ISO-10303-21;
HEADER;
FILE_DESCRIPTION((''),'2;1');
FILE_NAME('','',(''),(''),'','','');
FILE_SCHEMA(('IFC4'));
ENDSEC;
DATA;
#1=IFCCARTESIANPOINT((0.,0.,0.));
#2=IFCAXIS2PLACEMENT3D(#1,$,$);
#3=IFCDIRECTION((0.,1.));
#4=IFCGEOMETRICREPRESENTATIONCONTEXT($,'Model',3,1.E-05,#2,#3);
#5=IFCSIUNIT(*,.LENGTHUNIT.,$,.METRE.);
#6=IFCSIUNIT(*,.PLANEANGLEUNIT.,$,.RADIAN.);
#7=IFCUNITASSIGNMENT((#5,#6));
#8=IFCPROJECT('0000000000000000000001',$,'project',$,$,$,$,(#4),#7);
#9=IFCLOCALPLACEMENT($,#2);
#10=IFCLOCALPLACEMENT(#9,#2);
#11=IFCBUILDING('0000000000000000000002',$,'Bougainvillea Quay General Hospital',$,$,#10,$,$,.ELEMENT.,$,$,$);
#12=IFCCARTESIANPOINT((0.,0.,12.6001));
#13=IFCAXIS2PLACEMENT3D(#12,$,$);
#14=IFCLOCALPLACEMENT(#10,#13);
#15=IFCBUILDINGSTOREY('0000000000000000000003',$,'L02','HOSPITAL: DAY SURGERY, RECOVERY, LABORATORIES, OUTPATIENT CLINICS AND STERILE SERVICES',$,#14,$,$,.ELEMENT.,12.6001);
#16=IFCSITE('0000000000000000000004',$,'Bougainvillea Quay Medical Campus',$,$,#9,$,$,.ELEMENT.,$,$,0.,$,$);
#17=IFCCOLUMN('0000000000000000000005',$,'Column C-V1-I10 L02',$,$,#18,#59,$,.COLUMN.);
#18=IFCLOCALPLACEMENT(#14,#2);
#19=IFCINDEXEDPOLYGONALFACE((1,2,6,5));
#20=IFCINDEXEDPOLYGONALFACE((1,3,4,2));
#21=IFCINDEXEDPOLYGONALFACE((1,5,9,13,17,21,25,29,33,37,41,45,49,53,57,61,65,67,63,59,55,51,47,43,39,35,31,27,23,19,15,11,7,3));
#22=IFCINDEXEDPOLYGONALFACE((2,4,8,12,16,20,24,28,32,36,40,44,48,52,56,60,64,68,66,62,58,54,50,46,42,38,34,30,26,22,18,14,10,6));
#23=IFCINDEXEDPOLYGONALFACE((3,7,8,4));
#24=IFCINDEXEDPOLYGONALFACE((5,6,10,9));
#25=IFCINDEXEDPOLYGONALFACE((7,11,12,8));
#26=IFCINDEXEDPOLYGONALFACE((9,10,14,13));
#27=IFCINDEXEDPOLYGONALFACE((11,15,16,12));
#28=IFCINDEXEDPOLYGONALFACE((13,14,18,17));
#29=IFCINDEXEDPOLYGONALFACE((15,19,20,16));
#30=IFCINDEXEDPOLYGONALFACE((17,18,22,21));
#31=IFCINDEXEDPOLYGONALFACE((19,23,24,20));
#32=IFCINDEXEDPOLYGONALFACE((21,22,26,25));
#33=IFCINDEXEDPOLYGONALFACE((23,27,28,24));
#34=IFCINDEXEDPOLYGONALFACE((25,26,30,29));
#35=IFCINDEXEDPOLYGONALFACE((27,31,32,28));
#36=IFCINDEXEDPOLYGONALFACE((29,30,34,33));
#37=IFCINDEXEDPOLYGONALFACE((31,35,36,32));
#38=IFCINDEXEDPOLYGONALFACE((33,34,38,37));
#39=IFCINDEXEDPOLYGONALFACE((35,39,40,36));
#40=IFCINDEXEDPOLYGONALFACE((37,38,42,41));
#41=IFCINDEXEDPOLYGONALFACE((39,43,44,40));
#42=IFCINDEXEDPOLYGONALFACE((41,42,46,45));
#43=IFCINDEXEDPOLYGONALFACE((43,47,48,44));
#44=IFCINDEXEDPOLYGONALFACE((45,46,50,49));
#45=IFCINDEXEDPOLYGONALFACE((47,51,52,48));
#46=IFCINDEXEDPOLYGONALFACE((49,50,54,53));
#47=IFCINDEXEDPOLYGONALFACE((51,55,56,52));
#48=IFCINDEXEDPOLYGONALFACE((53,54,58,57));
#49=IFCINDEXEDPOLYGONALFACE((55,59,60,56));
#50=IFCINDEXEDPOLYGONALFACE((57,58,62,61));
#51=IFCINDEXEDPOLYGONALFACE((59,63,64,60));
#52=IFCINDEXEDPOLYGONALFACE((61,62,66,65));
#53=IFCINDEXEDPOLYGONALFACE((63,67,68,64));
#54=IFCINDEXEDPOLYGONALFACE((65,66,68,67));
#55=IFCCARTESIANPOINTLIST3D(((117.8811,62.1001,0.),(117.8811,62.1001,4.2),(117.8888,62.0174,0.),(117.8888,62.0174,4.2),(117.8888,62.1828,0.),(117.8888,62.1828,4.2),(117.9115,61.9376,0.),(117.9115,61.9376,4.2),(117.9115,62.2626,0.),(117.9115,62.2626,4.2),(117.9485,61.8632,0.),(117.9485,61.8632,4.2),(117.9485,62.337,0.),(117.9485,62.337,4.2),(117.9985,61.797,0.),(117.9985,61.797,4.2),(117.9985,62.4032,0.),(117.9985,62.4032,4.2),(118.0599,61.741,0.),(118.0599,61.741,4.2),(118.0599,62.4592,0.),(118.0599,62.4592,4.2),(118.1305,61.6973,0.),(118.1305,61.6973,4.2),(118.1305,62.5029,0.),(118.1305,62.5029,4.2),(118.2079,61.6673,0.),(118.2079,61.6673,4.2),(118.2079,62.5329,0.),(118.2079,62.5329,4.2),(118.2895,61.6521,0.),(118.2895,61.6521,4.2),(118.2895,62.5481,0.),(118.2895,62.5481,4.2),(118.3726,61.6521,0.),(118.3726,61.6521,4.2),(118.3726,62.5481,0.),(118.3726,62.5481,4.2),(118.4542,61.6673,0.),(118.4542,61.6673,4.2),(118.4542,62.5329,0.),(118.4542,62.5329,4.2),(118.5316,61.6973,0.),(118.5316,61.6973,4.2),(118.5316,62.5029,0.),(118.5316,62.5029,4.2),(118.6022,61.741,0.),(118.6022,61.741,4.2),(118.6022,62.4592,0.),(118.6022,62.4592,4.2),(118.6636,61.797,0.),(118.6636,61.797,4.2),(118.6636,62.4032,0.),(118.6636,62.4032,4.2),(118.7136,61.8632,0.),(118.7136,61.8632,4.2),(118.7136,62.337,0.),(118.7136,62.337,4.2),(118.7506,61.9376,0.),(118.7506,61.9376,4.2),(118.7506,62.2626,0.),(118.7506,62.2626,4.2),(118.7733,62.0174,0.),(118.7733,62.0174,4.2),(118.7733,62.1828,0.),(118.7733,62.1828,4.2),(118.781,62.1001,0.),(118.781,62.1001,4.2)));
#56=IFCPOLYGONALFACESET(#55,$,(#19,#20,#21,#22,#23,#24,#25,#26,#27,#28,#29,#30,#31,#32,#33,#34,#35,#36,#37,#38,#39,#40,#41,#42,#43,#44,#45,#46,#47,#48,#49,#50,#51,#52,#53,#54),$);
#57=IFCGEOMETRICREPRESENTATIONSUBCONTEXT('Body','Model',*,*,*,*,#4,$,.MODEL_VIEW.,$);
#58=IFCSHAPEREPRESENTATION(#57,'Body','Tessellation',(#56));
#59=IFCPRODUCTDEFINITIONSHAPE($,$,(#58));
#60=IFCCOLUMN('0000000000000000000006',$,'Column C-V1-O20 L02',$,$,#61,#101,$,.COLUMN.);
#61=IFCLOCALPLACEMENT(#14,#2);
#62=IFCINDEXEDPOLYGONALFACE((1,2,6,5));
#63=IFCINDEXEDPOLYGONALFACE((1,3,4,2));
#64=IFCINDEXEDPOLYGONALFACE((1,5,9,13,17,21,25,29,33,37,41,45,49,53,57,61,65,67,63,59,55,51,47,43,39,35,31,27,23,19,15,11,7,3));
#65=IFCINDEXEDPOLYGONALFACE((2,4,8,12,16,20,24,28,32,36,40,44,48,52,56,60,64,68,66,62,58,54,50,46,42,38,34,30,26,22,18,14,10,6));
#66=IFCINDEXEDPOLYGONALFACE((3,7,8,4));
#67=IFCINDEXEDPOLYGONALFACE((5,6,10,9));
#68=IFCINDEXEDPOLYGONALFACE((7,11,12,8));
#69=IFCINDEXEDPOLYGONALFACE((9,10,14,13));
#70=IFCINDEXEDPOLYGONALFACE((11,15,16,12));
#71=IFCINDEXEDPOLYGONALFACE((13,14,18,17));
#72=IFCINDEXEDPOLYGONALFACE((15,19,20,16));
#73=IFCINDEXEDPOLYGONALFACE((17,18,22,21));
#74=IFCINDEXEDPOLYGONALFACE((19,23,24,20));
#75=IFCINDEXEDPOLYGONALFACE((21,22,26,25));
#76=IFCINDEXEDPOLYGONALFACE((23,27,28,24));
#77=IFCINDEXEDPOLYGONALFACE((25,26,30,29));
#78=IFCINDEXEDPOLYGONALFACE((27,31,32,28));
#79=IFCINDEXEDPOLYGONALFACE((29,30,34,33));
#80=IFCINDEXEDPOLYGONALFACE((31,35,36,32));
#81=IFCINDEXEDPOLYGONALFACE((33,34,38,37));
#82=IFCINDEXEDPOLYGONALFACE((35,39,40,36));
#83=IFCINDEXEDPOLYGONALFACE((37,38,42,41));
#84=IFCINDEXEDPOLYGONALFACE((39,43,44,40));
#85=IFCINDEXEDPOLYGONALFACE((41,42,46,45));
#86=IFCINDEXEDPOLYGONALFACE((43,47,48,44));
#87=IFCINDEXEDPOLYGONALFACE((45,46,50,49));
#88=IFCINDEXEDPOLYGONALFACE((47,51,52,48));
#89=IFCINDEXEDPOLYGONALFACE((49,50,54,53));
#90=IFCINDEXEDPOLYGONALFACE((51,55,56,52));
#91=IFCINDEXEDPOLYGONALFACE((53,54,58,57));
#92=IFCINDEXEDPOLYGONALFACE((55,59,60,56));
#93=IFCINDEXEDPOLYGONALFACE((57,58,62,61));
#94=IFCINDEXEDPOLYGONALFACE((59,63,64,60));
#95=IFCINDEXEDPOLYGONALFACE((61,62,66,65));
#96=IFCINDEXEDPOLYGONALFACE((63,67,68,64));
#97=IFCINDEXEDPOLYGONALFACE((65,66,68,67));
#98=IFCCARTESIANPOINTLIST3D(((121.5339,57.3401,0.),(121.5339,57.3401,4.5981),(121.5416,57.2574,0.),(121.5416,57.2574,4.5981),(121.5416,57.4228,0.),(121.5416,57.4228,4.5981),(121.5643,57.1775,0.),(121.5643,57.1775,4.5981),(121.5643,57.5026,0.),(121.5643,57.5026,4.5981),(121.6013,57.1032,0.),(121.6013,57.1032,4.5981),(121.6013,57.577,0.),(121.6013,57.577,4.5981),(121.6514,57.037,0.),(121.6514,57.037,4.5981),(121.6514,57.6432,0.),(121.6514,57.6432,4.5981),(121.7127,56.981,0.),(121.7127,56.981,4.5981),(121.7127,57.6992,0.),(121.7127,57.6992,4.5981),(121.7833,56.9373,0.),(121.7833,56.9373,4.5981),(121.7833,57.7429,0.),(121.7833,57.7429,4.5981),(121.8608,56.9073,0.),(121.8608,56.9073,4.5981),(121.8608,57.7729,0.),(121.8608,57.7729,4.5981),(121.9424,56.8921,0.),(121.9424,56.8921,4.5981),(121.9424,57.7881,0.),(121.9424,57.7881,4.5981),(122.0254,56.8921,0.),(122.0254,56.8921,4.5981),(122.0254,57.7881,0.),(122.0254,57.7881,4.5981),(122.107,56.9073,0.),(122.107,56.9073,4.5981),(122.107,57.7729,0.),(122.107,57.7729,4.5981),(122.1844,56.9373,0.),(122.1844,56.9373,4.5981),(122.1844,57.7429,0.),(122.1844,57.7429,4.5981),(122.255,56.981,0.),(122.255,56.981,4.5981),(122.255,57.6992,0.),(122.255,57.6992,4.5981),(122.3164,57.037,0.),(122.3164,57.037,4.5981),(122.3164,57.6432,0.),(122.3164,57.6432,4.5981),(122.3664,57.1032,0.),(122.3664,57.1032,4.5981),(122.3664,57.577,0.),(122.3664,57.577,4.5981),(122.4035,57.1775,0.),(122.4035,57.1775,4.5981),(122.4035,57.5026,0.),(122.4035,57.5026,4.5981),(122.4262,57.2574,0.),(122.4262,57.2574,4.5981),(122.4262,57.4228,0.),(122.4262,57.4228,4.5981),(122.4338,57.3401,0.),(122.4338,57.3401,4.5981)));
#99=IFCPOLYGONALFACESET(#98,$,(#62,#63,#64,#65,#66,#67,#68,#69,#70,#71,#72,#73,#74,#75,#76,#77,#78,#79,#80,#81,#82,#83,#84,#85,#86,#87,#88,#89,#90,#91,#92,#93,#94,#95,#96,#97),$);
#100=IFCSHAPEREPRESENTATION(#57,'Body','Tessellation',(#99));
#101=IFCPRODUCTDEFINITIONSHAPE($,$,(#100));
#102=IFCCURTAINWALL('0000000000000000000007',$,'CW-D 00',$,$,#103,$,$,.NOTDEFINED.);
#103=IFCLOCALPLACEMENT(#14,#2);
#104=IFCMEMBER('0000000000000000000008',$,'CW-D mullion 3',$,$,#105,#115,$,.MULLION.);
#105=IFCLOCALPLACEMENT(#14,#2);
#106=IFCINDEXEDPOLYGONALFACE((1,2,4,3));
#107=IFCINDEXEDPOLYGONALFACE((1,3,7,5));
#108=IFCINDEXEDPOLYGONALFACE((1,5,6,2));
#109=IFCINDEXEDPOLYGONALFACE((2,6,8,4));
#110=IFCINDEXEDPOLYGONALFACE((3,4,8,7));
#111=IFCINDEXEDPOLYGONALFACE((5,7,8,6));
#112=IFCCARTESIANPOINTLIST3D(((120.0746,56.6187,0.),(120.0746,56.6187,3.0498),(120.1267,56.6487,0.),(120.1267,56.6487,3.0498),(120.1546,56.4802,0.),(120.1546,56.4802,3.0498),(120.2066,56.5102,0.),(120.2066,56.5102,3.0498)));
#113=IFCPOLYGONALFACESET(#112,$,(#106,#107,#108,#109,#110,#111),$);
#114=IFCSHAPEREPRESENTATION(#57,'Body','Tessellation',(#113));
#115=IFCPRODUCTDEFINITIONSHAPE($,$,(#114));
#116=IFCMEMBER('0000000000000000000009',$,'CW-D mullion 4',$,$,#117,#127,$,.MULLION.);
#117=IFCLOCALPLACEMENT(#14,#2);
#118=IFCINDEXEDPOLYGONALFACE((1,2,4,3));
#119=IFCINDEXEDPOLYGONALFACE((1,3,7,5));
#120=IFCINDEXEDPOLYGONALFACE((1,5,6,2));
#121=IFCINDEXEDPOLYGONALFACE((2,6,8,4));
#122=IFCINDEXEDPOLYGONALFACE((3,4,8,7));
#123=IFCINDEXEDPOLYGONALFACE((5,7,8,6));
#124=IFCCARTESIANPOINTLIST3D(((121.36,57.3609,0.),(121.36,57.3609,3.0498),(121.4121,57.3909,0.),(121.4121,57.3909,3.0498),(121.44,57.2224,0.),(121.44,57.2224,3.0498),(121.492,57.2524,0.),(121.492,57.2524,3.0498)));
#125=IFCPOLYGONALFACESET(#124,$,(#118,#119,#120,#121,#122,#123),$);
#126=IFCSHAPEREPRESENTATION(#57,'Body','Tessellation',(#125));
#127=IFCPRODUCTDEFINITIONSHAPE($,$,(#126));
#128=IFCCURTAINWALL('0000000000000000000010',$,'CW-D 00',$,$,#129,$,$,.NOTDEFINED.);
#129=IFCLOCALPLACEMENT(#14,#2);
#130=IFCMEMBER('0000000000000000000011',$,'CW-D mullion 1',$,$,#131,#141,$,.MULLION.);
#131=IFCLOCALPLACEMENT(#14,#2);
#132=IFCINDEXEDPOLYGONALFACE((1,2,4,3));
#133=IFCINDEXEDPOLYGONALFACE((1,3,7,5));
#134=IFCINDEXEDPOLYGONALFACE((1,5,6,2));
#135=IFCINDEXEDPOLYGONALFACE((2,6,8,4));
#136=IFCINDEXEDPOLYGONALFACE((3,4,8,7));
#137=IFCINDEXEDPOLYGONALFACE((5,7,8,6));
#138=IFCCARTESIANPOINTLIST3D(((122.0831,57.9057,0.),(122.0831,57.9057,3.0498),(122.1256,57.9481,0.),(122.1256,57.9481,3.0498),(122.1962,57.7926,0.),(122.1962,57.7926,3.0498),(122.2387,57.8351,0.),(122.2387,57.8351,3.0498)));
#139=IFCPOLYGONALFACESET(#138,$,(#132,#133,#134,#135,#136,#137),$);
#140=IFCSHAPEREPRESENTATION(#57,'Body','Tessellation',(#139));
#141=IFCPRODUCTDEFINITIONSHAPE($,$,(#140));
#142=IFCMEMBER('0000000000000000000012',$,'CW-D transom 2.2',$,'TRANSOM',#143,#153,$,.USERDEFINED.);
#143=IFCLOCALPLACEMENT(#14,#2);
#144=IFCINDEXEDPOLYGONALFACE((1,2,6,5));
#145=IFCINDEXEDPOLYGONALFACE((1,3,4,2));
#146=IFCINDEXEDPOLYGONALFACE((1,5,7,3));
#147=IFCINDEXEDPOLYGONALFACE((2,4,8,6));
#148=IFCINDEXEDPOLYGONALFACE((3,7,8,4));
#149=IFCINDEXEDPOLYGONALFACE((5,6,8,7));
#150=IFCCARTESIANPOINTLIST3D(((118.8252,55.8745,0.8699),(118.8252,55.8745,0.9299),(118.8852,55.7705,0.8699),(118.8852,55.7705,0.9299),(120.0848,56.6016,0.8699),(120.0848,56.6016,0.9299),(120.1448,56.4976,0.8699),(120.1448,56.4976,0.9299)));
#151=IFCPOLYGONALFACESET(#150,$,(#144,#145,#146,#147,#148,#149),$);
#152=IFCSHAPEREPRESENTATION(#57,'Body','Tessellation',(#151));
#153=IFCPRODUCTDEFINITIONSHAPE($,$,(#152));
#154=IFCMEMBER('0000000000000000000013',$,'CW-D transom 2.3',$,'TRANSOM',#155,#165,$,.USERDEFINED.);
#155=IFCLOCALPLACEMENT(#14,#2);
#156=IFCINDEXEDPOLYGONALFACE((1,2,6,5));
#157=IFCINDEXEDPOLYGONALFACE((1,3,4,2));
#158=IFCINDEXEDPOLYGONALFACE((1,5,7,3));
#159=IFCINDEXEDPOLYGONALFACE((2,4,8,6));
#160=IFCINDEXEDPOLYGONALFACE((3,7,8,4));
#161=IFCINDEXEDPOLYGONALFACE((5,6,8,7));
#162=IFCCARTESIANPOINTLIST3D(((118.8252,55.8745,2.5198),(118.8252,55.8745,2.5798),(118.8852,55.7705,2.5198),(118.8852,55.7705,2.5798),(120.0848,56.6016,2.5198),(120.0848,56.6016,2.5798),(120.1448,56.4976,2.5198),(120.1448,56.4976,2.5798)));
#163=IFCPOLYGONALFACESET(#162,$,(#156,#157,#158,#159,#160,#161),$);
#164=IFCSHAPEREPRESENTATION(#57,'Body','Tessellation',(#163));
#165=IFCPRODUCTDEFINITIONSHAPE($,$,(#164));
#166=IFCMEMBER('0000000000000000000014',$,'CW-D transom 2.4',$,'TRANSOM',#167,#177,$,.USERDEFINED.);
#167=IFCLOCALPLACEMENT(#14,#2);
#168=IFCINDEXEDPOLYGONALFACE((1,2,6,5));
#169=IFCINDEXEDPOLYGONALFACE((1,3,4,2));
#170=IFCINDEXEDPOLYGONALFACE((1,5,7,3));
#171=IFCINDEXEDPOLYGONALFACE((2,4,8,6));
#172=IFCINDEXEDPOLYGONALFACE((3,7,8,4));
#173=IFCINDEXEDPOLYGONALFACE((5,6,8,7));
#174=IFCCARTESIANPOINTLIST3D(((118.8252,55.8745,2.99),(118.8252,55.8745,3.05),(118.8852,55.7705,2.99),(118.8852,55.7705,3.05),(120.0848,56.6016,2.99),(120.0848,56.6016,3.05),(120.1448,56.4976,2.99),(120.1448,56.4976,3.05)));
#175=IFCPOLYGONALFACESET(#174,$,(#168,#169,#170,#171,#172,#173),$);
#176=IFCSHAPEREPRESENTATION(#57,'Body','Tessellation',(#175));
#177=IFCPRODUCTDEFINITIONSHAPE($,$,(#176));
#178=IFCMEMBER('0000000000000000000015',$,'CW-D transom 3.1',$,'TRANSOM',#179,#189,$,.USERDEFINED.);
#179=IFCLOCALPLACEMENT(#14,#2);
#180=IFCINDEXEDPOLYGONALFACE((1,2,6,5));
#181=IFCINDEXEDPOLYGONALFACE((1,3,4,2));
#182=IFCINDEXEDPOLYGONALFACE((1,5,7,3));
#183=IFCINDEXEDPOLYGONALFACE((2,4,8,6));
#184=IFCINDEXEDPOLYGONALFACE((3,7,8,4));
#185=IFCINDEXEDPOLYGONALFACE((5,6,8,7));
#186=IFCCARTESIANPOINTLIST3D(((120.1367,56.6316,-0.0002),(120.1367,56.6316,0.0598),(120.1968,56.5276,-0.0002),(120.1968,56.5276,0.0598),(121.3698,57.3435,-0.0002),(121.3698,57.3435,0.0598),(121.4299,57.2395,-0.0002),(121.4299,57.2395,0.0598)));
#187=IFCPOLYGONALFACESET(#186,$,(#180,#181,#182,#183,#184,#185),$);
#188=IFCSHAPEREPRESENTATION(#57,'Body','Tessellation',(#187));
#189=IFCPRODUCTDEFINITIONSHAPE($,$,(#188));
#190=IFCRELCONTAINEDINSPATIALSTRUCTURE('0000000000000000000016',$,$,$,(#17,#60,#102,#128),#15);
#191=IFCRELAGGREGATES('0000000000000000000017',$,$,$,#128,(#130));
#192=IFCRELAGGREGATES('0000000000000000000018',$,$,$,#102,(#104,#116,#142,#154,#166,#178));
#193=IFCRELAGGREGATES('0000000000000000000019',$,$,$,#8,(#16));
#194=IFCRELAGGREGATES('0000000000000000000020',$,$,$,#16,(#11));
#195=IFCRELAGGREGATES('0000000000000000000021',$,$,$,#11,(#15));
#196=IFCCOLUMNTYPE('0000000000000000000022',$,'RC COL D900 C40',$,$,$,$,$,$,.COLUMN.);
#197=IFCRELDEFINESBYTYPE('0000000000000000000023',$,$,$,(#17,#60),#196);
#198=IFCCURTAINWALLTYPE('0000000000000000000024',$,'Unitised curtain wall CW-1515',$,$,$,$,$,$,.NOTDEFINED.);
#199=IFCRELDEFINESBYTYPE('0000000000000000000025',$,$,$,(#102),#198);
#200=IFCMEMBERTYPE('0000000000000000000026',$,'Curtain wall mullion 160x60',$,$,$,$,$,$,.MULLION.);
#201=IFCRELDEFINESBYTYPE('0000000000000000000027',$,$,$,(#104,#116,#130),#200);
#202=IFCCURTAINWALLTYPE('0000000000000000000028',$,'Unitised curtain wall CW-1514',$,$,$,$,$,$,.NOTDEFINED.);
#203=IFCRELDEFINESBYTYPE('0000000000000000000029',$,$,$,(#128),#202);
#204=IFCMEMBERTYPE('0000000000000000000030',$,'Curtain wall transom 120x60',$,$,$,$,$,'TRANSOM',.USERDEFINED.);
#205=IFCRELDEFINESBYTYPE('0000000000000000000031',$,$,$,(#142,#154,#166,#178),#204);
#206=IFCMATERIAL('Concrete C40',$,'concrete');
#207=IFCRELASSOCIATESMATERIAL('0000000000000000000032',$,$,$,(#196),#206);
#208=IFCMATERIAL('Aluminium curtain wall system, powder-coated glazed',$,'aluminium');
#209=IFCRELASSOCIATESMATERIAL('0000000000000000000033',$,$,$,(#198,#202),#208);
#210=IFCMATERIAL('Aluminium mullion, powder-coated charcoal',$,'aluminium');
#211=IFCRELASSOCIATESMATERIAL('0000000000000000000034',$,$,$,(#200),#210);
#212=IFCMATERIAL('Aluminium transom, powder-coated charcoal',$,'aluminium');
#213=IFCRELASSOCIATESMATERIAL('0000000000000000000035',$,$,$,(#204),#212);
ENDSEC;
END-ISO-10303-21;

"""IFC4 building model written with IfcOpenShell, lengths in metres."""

from ifc_helpers import new_model, si_unit, direction, frame, origin, origin_2d, place, context, subcontext, project, spatial, rectangle, circle, extrude, material, material_profile, profile_set, type_object, element, aggregate, save


model = new_model("IFC4")

# Units and contexts
model_context = context("Model", 3, precision=1e-05, world=origin(), true_north=direction((0.0, 1.0)))
body_context = subcontext(model_context, "Body", "Model", "MODEL_VIEW")
ifc_project = project(units=[si_unit("LENGTHUNIT", "METRE"), si_unit("PLANEANGLEUNIT", "RADIAN")], contexts=[model_context])

# Site, building, storey
site_placement = place(None, origin())
site = spatial("IfcSite", under=ifc_project, at=site_placement, Name="Bougainvillea Quay Medical Campus", CompositionType="ELEMENT", RefElevation=0.0)
building_placement = place(site_placement, origin())
building = spatial("IfcBuilding", under=site, at=building_placement, Name="Bougainvillea Quay General Hospital", CompositionType="ELEMENT")
storey_placement = place(building_placement, frame((0.0, 0.0, 12.6001)))
storey = spatial("IfcBuildingStorey", under=building, at=storey_placement, Name="L02", Description="HOSPITAL: DAY SURGERY, RECOVERY, LABORATORIES, OUTPATIENT CLINICS AND STERILE SERVICES", CompositionType="ELEMENT", Elevation=12.6001)

# Columns
ifc_material_1 = material(Name="Concrete C40", Category="concrete")
ifc_material_profile_1 = material_profile(ifc_material_1, circle(Radius=0.45, at=origin_2d()))
ifc_profile_set_1 = profile_set([ifc_material_profile_1], Name="Concrete C40")
column_type = type_object("IfcColumnType", Name="RC COL D900 C40", PredefinedType="COLUMN", material=ifc_profile_set_1)
column_1_placement = place(storey_placement, frame((118.3311, 62.1001, 0.0), z_axis=(0.0, 0.0, 1.0), x_axis=(1.0, 0.0, 0.0)))
element("IfcColumn", 1, at=column_1_placement, inside=storey, type_object=column_type, Name="Column C-V1-I10 L02", PredefinedType="COLUMN", context=body_context, shape_type="SweptSolid", body=[
    extrude(circle(Radius=0.45, at=origin_2d()), origin(), (0.0, 0.0, 1.0), 4.2),
])
column_2_placement = place(storey_placement, frame((121.9839, 57.3401, 0.0), z_axis=(0.0, 0.0, 1.0), x_axis=(1.0, 0.0, 0.0)))
element("IfcColumn", 2, at=column_2_placement, inside=storey, type_object=column_type, Name="Column C-V1-O20 L02", PredefinedType="COLUMN", context=body_context, shape_type="SweptSolid", body=[
    extrude(circle(Radius=0.45, at=origin_2d()), origin(), (0.0, 0.0, 1.0), 4.5981),
])

# Curtain wall, members
ifc_material_2 = material(Name="Aluminium curtain wall system, powder-coated glazed", Category="aluminium")
curtain_wall_type_1 = type_object("IfcCurtainWallType", Name="Unitised curtain wall CW-1515", PredefinedType="NOTDEFINED", material=ifc_material_2)
curtain_wall_1_placement = place(storey_placement, origin())
curtain_wall_1 = element("IfcCurtainWall", 3, at=curtain_wall_1_placement, inside=storey, type_object=curtain_wall_type_1, Name="CW-D 00", PredefinedType="NOTDEFINED")
ifc_material_3 = material(Name="Aluminium mullion, powder-coated charcoal", Category="aluminium")
ifc_material_profile_2 = material_profile(ifc_material_3, rectangle(XDim=0.1599, YDim=0.0601, at=origin_2d()))
ifc_profile_set_2 = profile_set([ifc_material_profile_2], Name="Aluminium mullion, powder-coated charcoal")
member_type_1 = type_object("IfcMemberType", Name="Curtain wall mullion 160x60", PredefinedType="MULLION", material=ifc_profile_set_2)
member_1_placement = place(storey_placement, frame((120.1406, 56.5645, 0.0), z_axis=(0.0, 0.0, 1.0), x_axis=(-0.499965, 0.866046, 0.0)))
member_1 = element("IfcMember", 4, at=member_1_placement, type_object=member_type_1, Name="CW-D mullion 3", PredefinedType="MULLION", context=body_context, shape_type="SweptSolid", body=[
    extrude(rectangle(XDim=0.1599, YDim=0.0601, at=origin_2d()), origin(), (0.0, 0.0, 1.0), 3.0498),
])
member_2_placement = place(storey_placement, frame((121.426, 57.3066, 0.0), z_axis=(0.0, 0.0, 1.0), x_axis=(-0.499965, 0.866046, 0.0)))
member_2 = element("IfcMember", 5, at=member_2_placement, type_object=member_type_1, Name="CW-D mullion 4", PredefinedType="MULLION", context=body_context, shape_type="SweptSolid", body=[
    extrude(rectangle(XDim=0.1599, YDim=0.0601, at=origin_2d()), origin(), (0.0, 0.0, 1.0), 3.0498),
])

# Curtain wall, member
curtain_wall_type_2 = type_object("IfcCurtainWallType", Name="Unitised curtain wall CW-1514", PredefinedType="NOTDEFINED", material=ifc_material_2)
curtain_wall_2_placement = place(storey_placement, origin())
curtain_wall_2 = element("IfcCurtainWall", 6, at=curtain_wall_2_placement, inside=storey, type_object=curtain_wall_type_2, Name="CW-D 00", PredefinedType="NOTDEFINED")
member_3_placement = place(storey_placement, frame((122.1609, 57.8704, 0.0), z_axis=(0.0, 0.0, 1.0), x_axis=(-0.707107, 0.707107, 0.0)))
member_3 = element("IfcMember", 7, at=member_3_placement, type_object=member_type_1, Name="CW-D mullion 1", PredefinedType="MULLION", context=body_context, shape_type="SweptSolid", body=[
    extrude(rectangle(XDim=0.1599, YDim=0.0601, at=origin_2d()), origin(), (0.0, 0.0, 1.0), 3.0498),
])

# Members
ifc_material_4 = material(Name="Aluminium transom, powder-coated charcoal", Category="aluminium")
ifc_material_profile_3 = material_profile(ifc_material_4, rectangle(XDim=0.1201, YDim=0.0601, at=origin_2d()))
ifc_profile_set_3 = profile_set([ifc_material_profile_3], Name="Aluminium transom, powder-coated charcoal")
member_type_2 = type_object("IfcMemberType", Name="Curtain wall transom 120x60", ElementType="TRANSOM", PredefinedType="USERDEFINED", material=ifc_profile_set_3)
member_4_placement = place(storey_placement, frame((118.8552, 55.8225, 0.8999), z_axis=(0.866065, 0.499931, 0.0), x_axis=(-0.499931, 0.866065, 0.0)))
member_4 = element("IfcMember", 8, at=member_4_placement, type_object=member_type_2, Name="CW-D transom 2.2", ObjectType="TRANSOM", PredefinedType="USERDEFINED", context=body_context, shape_type="SweptSolid", body=[
    extrude(rectangle(XDim=0.1201, YDim=0.0601, at=origin_2d()), origin(), (0.0, 0.0, 1.0), 1.4543),
])
member_5_placement = place(storey_placement, frame((118.8552, 55.8225, 2.5498), z_axis=(0.866065, 0.499931, 0.0), x_axis=(-0.499931, 0.866065, 0.0)))
member_5 = element("IfcMember", 9, at=member_5_placement, type_object=member_type_2, Name="CW-D transom 2.3", ObjectType="TRANSOM", PredefinedType="USERDEFINED", context=body_context, shape_type="SweptSolid", body=[
    extrude(rectangle(XDim=0.1201, YDim=0.0601, at=origin_2d()), origin(), (0.0, 0.0, 1.0), 1.4543),
])
member_6_placement = place(storey_placement, frame((118.8552, 55.8225, 3.02), z_axis=(0.866065, 0.499931, 0.0), x_axis=(-0.499931, 0.866065, 0.0)))
member_6 = element("IfcMember", 10, at=member_6_placement, type_object=member_type_2, Name="CW-D transom 2.4", ObjectType="TRANSOM", PredefinedType="USERDEFINED", context=body_context, shape_type="SweptSolid", body=[
    extrude(rectangle(XDim=0.1201, YDim=0.0601, at=origin_2d()), origin(), (0.0, 0.0, 1.0), 1.4543),
])
member_7_placement = place(storey_placement, frame((120.1667, 56.5796, 0.0298), z_axis=(0.86604, 0.499975, 0.0), x_axis=(-0.499975, 0.86604, 0.0)))
member_7 = element("IfcMember", 11, at=member_7_placement, type_object=member_type_2, Name="CW-D transom 3.1", ObjectType="TRANSOM", PredefinedType="USERDEFINED", context=body_context, shape_type="SweptSolid", body=[
    extrude(rectangle(XDim=0.1201, YDim=0.0601, at=origin_2d()), origin(), (0.0, 0.0, 1.0), 1.4238),
])

aggregate(curtain_wall_2, [member_3])
aggregate(curtain_wall_1, [member_1, member_2, member_4, member_5, member_6, member_7])

save(model, "model.ifc")
